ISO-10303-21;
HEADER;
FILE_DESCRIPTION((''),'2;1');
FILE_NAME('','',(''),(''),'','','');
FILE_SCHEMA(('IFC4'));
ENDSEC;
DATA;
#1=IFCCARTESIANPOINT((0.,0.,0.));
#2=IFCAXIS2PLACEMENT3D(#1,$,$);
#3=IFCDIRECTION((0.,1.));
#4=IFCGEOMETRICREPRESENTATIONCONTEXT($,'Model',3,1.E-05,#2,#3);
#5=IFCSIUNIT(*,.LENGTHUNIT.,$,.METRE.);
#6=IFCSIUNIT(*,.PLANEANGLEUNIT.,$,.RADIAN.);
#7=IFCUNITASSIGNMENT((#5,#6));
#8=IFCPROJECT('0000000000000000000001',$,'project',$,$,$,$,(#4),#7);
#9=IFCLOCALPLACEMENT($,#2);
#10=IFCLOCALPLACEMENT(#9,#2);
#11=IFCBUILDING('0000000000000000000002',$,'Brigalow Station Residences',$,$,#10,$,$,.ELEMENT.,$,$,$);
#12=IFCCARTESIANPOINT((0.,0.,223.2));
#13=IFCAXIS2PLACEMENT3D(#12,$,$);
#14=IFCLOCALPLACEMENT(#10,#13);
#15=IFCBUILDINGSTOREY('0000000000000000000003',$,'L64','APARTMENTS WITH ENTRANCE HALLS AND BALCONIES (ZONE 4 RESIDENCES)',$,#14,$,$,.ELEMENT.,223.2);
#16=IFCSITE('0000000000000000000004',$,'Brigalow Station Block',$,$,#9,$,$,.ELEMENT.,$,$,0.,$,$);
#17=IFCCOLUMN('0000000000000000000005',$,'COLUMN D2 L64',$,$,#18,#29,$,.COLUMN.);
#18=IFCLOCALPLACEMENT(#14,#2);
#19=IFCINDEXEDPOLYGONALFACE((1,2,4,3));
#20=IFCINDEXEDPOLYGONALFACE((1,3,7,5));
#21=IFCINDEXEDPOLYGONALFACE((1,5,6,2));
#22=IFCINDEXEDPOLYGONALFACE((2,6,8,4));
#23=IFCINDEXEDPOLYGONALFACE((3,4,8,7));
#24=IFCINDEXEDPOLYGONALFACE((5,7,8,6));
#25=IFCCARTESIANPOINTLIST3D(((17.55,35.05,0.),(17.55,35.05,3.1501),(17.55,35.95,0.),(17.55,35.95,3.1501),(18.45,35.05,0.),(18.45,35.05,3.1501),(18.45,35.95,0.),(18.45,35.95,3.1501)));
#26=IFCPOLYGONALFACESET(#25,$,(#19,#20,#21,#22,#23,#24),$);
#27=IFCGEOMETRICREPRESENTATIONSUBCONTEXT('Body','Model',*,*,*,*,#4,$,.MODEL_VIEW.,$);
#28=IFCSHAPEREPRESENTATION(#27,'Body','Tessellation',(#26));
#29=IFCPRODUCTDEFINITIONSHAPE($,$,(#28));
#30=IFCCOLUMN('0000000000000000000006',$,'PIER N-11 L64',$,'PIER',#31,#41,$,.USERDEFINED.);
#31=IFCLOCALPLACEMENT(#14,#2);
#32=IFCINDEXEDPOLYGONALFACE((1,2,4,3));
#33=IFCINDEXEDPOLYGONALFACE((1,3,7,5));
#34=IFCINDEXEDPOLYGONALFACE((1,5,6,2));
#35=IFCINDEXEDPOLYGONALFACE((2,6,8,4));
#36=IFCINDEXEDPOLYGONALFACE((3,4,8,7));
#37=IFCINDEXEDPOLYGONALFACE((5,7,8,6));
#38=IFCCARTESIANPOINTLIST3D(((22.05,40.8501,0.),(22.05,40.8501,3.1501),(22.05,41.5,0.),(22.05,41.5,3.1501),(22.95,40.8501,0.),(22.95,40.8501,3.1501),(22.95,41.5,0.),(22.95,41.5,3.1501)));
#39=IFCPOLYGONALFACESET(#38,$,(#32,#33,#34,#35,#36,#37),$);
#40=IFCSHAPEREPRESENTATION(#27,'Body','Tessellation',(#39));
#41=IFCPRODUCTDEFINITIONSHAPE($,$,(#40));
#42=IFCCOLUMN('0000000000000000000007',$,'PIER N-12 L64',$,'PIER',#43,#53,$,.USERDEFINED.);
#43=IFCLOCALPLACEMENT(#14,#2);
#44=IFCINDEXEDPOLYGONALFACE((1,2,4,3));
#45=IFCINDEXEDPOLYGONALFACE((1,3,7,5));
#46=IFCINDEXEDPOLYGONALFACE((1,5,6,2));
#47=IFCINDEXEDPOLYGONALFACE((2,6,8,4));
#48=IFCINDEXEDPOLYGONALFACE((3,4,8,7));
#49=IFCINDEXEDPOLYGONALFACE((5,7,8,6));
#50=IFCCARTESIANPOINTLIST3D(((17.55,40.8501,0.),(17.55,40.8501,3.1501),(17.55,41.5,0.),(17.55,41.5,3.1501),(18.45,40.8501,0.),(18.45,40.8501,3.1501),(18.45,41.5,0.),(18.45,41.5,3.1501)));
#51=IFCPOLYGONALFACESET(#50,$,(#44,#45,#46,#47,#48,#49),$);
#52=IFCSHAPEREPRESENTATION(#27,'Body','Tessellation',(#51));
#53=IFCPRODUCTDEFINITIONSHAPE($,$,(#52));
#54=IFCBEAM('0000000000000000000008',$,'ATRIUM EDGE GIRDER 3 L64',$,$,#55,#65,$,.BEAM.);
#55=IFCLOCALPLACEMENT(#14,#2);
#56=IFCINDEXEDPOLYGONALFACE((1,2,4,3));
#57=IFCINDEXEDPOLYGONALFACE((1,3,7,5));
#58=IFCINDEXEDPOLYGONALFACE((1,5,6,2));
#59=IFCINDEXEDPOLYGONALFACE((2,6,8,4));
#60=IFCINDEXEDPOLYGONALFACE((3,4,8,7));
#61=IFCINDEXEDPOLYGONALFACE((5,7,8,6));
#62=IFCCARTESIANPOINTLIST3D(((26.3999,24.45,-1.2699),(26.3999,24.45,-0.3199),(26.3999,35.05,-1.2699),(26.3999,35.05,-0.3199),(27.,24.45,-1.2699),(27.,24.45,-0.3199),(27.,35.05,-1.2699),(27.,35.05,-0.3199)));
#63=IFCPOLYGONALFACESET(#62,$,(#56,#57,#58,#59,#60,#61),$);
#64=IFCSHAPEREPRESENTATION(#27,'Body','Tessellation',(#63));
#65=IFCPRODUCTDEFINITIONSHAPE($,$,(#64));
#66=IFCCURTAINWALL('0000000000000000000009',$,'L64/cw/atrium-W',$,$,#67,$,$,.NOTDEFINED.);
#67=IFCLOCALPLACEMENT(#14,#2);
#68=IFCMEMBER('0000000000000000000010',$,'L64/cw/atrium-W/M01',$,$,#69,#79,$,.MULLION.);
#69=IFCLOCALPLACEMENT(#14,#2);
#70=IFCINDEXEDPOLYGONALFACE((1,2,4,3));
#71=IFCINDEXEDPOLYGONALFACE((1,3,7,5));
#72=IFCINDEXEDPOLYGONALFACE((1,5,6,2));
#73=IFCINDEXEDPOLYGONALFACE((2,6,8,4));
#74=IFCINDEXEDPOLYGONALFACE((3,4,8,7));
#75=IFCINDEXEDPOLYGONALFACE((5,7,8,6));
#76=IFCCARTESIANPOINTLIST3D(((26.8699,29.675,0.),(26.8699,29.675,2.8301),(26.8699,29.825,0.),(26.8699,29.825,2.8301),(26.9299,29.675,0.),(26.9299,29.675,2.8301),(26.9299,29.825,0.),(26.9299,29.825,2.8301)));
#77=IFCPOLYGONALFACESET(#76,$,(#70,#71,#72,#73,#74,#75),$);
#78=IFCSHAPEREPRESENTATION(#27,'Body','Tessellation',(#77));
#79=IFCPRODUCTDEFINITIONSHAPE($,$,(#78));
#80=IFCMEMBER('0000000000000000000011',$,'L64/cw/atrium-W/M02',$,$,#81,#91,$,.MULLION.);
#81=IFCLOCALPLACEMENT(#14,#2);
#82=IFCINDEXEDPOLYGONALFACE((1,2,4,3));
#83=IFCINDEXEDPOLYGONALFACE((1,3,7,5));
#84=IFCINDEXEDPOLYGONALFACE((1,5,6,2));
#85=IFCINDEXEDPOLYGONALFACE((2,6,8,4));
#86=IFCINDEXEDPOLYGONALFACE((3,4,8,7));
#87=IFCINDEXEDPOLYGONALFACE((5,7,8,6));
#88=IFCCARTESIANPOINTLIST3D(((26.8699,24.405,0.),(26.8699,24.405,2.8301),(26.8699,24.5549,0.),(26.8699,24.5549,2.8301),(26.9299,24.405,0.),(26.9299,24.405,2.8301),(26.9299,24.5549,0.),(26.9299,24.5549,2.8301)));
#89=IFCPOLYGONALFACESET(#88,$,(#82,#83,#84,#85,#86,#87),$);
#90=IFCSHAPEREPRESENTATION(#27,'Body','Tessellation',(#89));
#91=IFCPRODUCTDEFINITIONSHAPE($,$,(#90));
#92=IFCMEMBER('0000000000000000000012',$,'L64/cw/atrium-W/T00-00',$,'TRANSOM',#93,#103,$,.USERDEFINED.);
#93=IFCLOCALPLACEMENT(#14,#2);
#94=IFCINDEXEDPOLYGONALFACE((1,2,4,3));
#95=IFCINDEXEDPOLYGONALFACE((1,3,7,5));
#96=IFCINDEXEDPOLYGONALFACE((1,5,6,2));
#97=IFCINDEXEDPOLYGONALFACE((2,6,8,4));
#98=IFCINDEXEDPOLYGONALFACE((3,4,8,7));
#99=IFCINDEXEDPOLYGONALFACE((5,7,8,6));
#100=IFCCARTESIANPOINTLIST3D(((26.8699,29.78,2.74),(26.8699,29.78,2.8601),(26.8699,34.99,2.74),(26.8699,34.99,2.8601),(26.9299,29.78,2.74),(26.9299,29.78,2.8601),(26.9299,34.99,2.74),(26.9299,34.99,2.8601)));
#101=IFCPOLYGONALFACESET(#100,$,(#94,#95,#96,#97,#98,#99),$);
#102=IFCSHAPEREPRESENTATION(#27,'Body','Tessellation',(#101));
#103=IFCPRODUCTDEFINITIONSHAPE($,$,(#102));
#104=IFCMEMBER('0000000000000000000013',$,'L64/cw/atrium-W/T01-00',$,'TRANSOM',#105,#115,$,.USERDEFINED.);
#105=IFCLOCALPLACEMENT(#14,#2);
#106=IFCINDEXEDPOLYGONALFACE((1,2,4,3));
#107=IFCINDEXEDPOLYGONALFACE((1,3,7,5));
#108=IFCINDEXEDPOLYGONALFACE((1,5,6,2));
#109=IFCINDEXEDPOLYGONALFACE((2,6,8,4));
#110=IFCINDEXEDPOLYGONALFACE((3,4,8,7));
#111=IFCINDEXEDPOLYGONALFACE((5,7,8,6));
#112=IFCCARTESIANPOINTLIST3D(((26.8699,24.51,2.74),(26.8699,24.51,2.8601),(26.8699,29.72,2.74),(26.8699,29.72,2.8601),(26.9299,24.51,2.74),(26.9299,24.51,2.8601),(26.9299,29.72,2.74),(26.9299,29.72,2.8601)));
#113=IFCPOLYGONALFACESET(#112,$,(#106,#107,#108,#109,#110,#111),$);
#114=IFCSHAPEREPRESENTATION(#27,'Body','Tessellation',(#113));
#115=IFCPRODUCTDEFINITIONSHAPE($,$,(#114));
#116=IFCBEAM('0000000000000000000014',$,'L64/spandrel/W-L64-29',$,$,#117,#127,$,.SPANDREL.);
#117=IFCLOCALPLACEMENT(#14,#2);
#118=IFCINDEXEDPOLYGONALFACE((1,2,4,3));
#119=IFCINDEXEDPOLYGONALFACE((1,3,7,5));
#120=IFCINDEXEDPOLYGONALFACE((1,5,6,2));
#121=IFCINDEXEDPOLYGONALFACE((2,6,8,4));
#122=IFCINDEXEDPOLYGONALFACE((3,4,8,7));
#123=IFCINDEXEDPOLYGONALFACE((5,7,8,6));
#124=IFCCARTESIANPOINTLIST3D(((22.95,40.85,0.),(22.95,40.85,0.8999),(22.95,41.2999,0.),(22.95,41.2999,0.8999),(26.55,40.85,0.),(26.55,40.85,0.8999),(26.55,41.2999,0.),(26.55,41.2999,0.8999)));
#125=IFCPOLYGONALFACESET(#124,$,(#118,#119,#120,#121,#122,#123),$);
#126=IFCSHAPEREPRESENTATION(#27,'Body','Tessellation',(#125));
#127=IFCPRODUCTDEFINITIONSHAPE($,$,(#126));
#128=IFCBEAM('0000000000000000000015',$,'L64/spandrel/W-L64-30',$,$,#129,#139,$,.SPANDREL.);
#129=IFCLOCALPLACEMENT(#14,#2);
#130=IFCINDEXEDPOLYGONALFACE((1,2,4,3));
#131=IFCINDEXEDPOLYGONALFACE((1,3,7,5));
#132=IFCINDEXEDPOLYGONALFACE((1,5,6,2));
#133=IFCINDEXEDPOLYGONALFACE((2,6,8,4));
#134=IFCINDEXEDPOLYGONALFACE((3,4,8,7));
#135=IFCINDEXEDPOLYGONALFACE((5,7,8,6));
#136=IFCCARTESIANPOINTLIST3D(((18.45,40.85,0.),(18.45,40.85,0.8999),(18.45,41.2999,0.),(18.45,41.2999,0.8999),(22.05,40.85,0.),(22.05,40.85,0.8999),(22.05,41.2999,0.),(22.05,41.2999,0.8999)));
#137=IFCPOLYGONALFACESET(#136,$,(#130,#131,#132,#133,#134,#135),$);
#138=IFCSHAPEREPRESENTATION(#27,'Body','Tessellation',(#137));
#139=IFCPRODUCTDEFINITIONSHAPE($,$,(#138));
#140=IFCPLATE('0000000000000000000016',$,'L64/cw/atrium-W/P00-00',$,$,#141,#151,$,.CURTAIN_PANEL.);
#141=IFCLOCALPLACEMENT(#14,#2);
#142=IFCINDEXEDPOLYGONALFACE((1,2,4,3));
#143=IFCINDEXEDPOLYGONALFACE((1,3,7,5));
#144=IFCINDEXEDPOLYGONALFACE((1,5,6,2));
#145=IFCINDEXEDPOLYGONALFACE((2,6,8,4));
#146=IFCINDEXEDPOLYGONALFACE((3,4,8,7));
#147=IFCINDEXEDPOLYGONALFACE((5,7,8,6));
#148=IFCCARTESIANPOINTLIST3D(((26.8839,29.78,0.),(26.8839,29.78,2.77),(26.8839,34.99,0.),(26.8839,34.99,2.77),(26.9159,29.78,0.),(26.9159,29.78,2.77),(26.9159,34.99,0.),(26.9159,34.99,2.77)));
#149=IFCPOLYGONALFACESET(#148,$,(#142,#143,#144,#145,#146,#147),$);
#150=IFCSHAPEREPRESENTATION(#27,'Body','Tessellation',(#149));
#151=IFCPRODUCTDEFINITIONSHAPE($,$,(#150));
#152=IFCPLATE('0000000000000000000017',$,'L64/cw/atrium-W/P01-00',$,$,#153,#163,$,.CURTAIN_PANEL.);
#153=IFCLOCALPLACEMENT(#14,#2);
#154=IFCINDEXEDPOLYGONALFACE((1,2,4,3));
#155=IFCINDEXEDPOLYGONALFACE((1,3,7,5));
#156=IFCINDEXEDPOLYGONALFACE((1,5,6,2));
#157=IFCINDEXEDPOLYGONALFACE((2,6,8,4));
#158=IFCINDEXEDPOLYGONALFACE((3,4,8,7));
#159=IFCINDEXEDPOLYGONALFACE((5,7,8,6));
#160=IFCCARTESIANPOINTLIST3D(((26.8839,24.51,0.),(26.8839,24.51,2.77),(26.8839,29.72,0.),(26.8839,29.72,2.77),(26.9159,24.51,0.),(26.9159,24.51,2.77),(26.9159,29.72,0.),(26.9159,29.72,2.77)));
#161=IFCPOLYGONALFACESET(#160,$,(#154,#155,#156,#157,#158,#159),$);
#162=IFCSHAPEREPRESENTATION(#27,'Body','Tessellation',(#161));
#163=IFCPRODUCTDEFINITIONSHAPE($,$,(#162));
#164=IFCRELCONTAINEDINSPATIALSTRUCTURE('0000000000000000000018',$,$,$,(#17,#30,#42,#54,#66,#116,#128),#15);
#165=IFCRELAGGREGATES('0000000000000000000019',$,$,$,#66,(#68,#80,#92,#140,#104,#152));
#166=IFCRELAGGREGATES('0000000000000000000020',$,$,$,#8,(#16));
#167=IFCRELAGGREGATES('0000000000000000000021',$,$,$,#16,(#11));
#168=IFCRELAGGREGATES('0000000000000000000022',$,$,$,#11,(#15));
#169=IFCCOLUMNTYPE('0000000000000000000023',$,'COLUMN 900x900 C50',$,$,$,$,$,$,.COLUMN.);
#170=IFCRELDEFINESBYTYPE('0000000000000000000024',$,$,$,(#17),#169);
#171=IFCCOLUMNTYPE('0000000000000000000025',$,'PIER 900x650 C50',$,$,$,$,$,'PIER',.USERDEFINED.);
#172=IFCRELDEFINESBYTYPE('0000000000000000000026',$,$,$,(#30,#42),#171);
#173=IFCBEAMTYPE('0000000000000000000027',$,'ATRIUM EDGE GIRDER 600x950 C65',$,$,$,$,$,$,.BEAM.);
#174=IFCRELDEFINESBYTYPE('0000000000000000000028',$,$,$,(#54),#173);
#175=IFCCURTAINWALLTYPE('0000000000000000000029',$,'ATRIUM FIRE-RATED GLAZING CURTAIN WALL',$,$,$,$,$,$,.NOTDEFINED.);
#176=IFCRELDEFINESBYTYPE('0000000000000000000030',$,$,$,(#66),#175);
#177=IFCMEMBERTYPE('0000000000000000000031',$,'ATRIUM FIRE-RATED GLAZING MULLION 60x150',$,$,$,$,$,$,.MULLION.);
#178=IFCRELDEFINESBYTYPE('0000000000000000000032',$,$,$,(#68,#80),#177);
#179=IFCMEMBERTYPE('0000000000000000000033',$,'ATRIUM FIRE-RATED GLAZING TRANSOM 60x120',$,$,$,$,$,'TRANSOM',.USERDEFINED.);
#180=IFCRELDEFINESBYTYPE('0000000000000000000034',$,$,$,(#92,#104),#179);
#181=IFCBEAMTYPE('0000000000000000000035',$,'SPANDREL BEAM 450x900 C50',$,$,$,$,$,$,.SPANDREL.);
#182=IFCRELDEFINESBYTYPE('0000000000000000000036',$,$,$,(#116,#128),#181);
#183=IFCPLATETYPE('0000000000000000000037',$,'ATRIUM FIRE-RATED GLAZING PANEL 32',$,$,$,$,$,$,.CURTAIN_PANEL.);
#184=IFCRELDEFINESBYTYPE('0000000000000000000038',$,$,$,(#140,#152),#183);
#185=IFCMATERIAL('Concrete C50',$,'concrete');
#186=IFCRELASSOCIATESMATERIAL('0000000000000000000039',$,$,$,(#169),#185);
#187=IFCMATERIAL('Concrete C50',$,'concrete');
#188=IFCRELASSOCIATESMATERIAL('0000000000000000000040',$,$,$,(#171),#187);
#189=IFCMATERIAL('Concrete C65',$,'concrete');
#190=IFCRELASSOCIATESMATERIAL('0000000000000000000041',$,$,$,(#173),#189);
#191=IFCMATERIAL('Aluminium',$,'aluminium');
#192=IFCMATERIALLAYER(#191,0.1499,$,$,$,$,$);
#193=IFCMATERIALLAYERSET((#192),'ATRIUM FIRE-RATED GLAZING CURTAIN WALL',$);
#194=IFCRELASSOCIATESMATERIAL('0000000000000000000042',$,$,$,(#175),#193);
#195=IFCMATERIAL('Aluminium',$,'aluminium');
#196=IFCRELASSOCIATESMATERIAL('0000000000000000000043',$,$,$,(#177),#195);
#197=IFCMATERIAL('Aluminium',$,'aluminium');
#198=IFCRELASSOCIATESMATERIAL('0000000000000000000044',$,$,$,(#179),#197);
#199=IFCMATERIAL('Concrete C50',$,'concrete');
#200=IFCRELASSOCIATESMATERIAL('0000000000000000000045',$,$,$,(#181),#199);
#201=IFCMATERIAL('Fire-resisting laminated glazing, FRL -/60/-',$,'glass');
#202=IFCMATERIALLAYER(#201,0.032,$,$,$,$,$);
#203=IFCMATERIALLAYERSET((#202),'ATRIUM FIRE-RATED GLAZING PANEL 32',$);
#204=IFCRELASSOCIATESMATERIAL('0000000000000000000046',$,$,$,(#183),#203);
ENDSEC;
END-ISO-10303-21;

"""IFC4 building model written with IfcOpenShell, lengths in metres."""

from ifc_helpers import new_model, si_unit, direction, frame, origin, origin_2d, place, context, subcontext, project, spatial, rectangle, extrude, material, layer, layer_set, material_profile, profile_set, type_object, element, aggregate, save


model = new_model("IFC4")

# Units and contexts
model_context = context("Model", 3, precision=1e-05, world=origin(), true_north=direction((0.0, 1.0)))
body_context = subcontext(model_context, "Body", "Model", "MODEL_VIEW")
ifc_project = project(units=[si_unit("LENGTHUNIT", "METRE"), si_unit("PLANEANGLEUNIT", "RADIAN")], contexts=[model_context])

# Site, building, storey
site_placement = place(None, origin())
site = spatial("IfcSite", under=ifc_project, at=site_placement, Name="Brigalow Station Block", CompositionType="ELEMENT", RefElevation=0.0)
building_placement = place(site_placement, origin())
building = spatial("IfcBuilding", under=site, at=building_placement, Name="Brigalow Station Residences", CompositionType="ELEMENT")
storey_placement = place(building_placement, frame((0.0, 0.0, 223.2)))
storey = spatial("IfcBuildingStorey", under=building, at=storey_placement, Name="L64", Description="APARTMENTS WITH ENTRANCE HALLS AND BALCONIES (ZONE 4 RESIDENCES)", CompositionType="ELEMENT", Elevation=223.2)

# Columns
ifc_material_1 = material(Name="Concrete C50", Category="concrete")
ifc_material_profile_1 = material_profile(ifc_material_1, rectangle(XDim=0.8999, YDim=0.8999, at=origin_2d()), Name="RC900x900")
ifc_profile_set_1 = profile_set([ifc_material_profile_1], Name="Concrete C50")
column_type_1 = type_object("IfcColumnType", Name="COLUMN 900x900 C50", PredefinedType="COLUMN", material=ifc_profile_set_1)
column_placement = place(storey_placement, frame((18.0, 35.5, 0.0), z_axis=(0.0, 0.0, 1.0), x_axis=(1.0, 0.0, 0.0)))
element("IfcColumn", 1, at=column_placement, inside=storey, type_object=column_type_1, Name="COLUMN D2 L64", PredefinedType="COLUMN", context=body_context, shape_type="SweptSolid", body=[
    extrude(rectangle(XDim=0.8999, YDim=0.8999, at=origin_2d()), origin(), (0.0, 0.0, 1.0), 3.1501),
])
ifc_material_2 = material(Name="Concrete C50", Category="concrete")
ifc_material_profile_2 = material_profile(ifc_material_2, rectangle(XDim=0.8999, YDim=0.6499, at=origin_2d()), Name="RC900x650")
ifc_profile_set_2 = profile_set([ifc_material_profile_2], Name="Concrete C50")
column_type_2 = type_object("IfcColumnType", Name="PIER 900x650 C50", ElementType="PIER", PredefinedType="USERDEFINED", material=ifc_profile_set_2)
for number, where, z_axis, x_axis, name in (
    (2, (22.5, 41.175, 0.0), (0.0, 0.0, 1.0), (-1.0, 0.0, 0.0), "PIER N-11 L64"),
    (3, (18.0, 41.175, 0.0), (0.0, 0.0, 1.0), (-1.0, 0.0, 0.0), "PIER N-12 L64"),
):
    element("IfcColumn", number, at=place(storey_placement, frame(where, z_axis=z_axis, x_axis=x_axis)), inside=storey, type_object=column_type_2, Name=name, ObjectType="PIER", PredefinedType="USERDEFINED", context=body_context, shape_type="SweptSolid", body=[
        extrude(rectangle(XDim=0.8999, YDim=0.6499, at=origin_2d()), origin(), (0.0, 0.0, 1.0), 3.1501),
    ])

# Beam
ifc_material_3 = material(Name="Concrete C65", Category="concrete")
ifc_material_profile_3 = material_profile(ifc_material_3, rectangle(XDim=0.6001, YDim=0.95, at=origin_2d()), Name="RC600x950")
ifc_profile_set_3 = profile_set([ifc_material_profile_3], Name="Concrete C65")
beam_type_1 = type_object("IfcBeamType", Name="ATRIUM EDGE GIRDER 600x950 C65", PredefinedType="BEAM", material=ifc_profile_set_3)
beam_placement = place(storey_placement, frame((26.7, 24.45, -0.7949), z_axis=(0.0, 1.0, 0.0), x_axis=(-1.0, 0.0, 0.0)))
element("IfcBeam", 4, at=beam_placement, inside=storey, type_object=beam_type_1, Name="ATRIUM EDGE GIRDER 3 L64", PredefinedType="BEAM", context=body_context, shape_type="SweptSolid", body=[
    extrude(rectangle(XDim=0.6001, YDim=0.95, at=origin_2d()), origin(), (0.0, 0.0, 1.0), 10.6001),
])

# Curtain wall, members
ifc_material_4 = material(Name="Aluminium", Category="aluminium")
ifc_layer_1 = layer(ifc_material_4, 0.1499)
ifc_layer_set_1 = layer_set([ifc_layer_1], Name="ATRIUM FIRE-RATED GLAZING CURTAIN WALL")
curtain_wall_type = type_object("IfcCurtainWallType", Name="ATRIUM FIRE-RATED GLAZING CURTAIN WALL", PredefinedType="NOTDEFINED", material=ifc_layer_set_1)
curtain_wall_placement = place(storey_placement, origin())
curtain_wall = element("IfcCurtainWall", 5, at=curtain_wall_placement, inside=storey, type_object=curtain_wall_type, Name="L64/cw/atrium-W", PredefinedType="NOTDEFINED")
ifc_material_5 = material(Name="Aluminium", Category="aluminium")
ifc_material_profile_4 = material_profile(ifc_material_5, rectangle(XDim=0.0601, YDim=0.1499, at=origin_2d()), Name="ATRIUM FIRE-RATED GLAZING MULLION 60x150")
ifc_profile_set_4 = profile_set([ifc_material_profile_4], Name="Aluminium")
member_type_1 = type_object("IfcMemberType", Name="ATRIUM FIRE-RATED GLAZING MULLION 60x150", PredefinedType="MULLION", material=ifc_profile_set_4)
member_1_placement = place(storey_placement, frame((26.8999, 29.75, 0.0), z_axis=(0.0, 0.0, 1.0), x_axis=(1.0, 0.0, 0.0)))
member_1 = element("IfcMember", 6, at=member_1_placement, type_object=member_type_1, Name="L64/cw/atrium-W/M01", PredefinedType="MULLION", context=body_context, shape_type="SweptSolid", body=[
    extrude(rectangle(XDim=0.0601, YDim=0.1499, at=origin_2d()), origin(), (0.0, 0.0, 1.0), 2.8301),
])
member_2_placement = place(storey_placement, frame((26.8999, 24.48, 0.0), z_axis=(0.0, 0.0, 1.0), x_axis=(1.0, 0.0, 0.0)))
member_2 = element("IfcMember", 7, at=member_2_placement, type_object=member_type_1, Name="L64/cw/atrium-W/M02", PredefinedType="MULLION", context=body_context, shape_type="SweptSolid", body=[
    extrude(rectangle(XDim=0.0601, YDim=0.1499, at=origin_2d()), origin(), (0.0, 0.0, 1.0), 2.8301),
])
ifc_material_6 = material(Name="Aluminium", Category="aluminium")
ifc_material_profile_5 = material_profile(ifc_material_6, rectangle(XDim=0.0601, YDim=0.1201, at=origin_2d()), Name="ATRIUM FIRE-RATED GLAZING TRANSOM 60x120")
ifc_profile_set_5 = profile_set([ifc_material_profile_5], Name="Aluminium")
member_type_2 = type_object("IfcMemberType", Name="ATRIUM FIRE-RATED GLAZING TRANSOM 60x120", ElementType="TRANSOM", PredefinedType="USERDEFINED", material=ifc_profile_set_5)
member_3_placement = place(storey_placement, frame((26.8999, 34.99, 2.8), z_axis=(0.0, -1.0, 0.0), x_axis=(1.0, 0.0, 0.0)))
member_3 = element("IfcMember", 8, at=member_3_placement, type_object=member_type_2, Name="L64/cw/atrium-W/T00-00", ObjectType="TRANSOM", PredefinedType="USERDEFINED", context=body_context, shape_type="SweptSolid", body=[
    extrude(rectangle(XDim=0.0601, YDim=0.1201, at=origin_2d()), origin(), (0.0, 0.0, 1.0), 5.21),
])
member_4_placement = place(storey_placement, frame((26.8999, 29.72, 2.8), z_axis=(0.0, -1.0, 0.0), x_axis=(1.0, 0.0, 0.0)))
member_4 = element("IfcMember", 9, at=member_4_placement, type_object=member_type_2, Name="L64/cw/atrium-W/T01-00", ObjectType="TRANSOM", PredefinedType="USERDEFINED", context=body_context, shape_type="SweptSolid", body=[
    extrude(rectangle(XDim=0.0601, YDim=0.1201, at=origin_2d()), origin(), (0.0, 0.0, 1.0), 5.21),
])

# Beams
ifc_material_7 = material(Name="Concrete C50", Category="concrete")
ifc_material_profile_6 = material_profile(ifc_material_7, rectangle(XDim=0.45, YDim=0.8999, at=origin_2d()), Name="RC450x900")
ifc_profile_set_6 = profile_set([ifc_material_profile_6], Name="Concrete C50")
beam_type_2 = type_object("IfcBeamType", Name="SPANDREL BEAM 450x900 C50", PredefinedType="SPANDREL", material=ifc_profile_set_6)
for number, where, z_axis, x_axis, name in (
    (10, (26.55, 41.075, 0.45), (-1.0, 0.0, 0.0), (0.0, -1.0, 0.0), "L64/spandrel/W-L64-29"),
    (11, (22.05, 41.075, 0.45), (-1.0, 0.0, 0.0), (0.0, -1.0, 0.0), "L64/spandrel/W-L64-30"),
):
    element("IfcBeam", number, at=place(storey_placement, frame(where, z_axis=z_axis, x_axis=x_axis)), inside=storey, type_object=beam_type_2, Name=name, PredefinedType="SPANDREL", context=body_context, shape_type="SweptSolid", body=[
        extrude(rectangle(XDim=0.45, YDim=0.8999, at=origin_2d()), origin(), (0.0, 0.0, 1.0), 3.6001),
    ])

# Plates
ifc_material_8 = material(Name="Fire-resisting laminated glazing, FRL -/60/-", Category="glass")
ifc_layer_2 = layer(ifc_material_8, 0.032)
ifc_layer_set_2 = layer_set([ifc_layer_2], Name="ATRIUM FIRE-RATED GLAZING PANEL 32")
plate_type = type_object("IfcPlateType", Name="ATRIUM FIRE-RATED GLAZING PANEL 32", PredefinedType="CURTAIN_PANEL", material=ifc_layer_set_2)
plate_1_placement = place(storey_placement, frame((26.8999, 32.385, 0.0), z_axis=(0.0, 0.0, 1.0), x_axis=(0.0, -1.0, 0.0)))
plate_1 = element("IfcPlate", 12, at=plate_1_placement, type_object=plate_type, Name="L64/cw/atrium-W/P00-00", PredefinedType="CURTAIN_PANEL", context=body_context, shape_type="SweptSolid", body=[
    extrude(rectangle(XDim=5.21, YDim=0.032, at=origin_2d()), origin(), (0.0, 0.0, 1.0), 2.77),
])
plate_2_placement = place(storey_placement, frame((26.8999, 27.115, 0.0), z_axis=(0.0, 0.0, 1.0), x_axis=(0.0, -1.0, 0.0)))
plate_2 = element("IfcPlate", 13, at=plate_2_placement, type_object=plate_type, Name="L64/cw/atrium-W/P01-00", PredefinedType="CURTAIN_PANEL", context=body_context, shape_type="SweptSolid", body=[
    extrude(rectangle(XDim=5.21, YDim=0.032, at=origin_2d()), origin(), (0.0, 0.0, 1.0), 2.77),
])
aggregate(curtain_wall, [member_1, member_2, member_3, plate_1, member_4, plate_2])

save(model, "model.ifc")
